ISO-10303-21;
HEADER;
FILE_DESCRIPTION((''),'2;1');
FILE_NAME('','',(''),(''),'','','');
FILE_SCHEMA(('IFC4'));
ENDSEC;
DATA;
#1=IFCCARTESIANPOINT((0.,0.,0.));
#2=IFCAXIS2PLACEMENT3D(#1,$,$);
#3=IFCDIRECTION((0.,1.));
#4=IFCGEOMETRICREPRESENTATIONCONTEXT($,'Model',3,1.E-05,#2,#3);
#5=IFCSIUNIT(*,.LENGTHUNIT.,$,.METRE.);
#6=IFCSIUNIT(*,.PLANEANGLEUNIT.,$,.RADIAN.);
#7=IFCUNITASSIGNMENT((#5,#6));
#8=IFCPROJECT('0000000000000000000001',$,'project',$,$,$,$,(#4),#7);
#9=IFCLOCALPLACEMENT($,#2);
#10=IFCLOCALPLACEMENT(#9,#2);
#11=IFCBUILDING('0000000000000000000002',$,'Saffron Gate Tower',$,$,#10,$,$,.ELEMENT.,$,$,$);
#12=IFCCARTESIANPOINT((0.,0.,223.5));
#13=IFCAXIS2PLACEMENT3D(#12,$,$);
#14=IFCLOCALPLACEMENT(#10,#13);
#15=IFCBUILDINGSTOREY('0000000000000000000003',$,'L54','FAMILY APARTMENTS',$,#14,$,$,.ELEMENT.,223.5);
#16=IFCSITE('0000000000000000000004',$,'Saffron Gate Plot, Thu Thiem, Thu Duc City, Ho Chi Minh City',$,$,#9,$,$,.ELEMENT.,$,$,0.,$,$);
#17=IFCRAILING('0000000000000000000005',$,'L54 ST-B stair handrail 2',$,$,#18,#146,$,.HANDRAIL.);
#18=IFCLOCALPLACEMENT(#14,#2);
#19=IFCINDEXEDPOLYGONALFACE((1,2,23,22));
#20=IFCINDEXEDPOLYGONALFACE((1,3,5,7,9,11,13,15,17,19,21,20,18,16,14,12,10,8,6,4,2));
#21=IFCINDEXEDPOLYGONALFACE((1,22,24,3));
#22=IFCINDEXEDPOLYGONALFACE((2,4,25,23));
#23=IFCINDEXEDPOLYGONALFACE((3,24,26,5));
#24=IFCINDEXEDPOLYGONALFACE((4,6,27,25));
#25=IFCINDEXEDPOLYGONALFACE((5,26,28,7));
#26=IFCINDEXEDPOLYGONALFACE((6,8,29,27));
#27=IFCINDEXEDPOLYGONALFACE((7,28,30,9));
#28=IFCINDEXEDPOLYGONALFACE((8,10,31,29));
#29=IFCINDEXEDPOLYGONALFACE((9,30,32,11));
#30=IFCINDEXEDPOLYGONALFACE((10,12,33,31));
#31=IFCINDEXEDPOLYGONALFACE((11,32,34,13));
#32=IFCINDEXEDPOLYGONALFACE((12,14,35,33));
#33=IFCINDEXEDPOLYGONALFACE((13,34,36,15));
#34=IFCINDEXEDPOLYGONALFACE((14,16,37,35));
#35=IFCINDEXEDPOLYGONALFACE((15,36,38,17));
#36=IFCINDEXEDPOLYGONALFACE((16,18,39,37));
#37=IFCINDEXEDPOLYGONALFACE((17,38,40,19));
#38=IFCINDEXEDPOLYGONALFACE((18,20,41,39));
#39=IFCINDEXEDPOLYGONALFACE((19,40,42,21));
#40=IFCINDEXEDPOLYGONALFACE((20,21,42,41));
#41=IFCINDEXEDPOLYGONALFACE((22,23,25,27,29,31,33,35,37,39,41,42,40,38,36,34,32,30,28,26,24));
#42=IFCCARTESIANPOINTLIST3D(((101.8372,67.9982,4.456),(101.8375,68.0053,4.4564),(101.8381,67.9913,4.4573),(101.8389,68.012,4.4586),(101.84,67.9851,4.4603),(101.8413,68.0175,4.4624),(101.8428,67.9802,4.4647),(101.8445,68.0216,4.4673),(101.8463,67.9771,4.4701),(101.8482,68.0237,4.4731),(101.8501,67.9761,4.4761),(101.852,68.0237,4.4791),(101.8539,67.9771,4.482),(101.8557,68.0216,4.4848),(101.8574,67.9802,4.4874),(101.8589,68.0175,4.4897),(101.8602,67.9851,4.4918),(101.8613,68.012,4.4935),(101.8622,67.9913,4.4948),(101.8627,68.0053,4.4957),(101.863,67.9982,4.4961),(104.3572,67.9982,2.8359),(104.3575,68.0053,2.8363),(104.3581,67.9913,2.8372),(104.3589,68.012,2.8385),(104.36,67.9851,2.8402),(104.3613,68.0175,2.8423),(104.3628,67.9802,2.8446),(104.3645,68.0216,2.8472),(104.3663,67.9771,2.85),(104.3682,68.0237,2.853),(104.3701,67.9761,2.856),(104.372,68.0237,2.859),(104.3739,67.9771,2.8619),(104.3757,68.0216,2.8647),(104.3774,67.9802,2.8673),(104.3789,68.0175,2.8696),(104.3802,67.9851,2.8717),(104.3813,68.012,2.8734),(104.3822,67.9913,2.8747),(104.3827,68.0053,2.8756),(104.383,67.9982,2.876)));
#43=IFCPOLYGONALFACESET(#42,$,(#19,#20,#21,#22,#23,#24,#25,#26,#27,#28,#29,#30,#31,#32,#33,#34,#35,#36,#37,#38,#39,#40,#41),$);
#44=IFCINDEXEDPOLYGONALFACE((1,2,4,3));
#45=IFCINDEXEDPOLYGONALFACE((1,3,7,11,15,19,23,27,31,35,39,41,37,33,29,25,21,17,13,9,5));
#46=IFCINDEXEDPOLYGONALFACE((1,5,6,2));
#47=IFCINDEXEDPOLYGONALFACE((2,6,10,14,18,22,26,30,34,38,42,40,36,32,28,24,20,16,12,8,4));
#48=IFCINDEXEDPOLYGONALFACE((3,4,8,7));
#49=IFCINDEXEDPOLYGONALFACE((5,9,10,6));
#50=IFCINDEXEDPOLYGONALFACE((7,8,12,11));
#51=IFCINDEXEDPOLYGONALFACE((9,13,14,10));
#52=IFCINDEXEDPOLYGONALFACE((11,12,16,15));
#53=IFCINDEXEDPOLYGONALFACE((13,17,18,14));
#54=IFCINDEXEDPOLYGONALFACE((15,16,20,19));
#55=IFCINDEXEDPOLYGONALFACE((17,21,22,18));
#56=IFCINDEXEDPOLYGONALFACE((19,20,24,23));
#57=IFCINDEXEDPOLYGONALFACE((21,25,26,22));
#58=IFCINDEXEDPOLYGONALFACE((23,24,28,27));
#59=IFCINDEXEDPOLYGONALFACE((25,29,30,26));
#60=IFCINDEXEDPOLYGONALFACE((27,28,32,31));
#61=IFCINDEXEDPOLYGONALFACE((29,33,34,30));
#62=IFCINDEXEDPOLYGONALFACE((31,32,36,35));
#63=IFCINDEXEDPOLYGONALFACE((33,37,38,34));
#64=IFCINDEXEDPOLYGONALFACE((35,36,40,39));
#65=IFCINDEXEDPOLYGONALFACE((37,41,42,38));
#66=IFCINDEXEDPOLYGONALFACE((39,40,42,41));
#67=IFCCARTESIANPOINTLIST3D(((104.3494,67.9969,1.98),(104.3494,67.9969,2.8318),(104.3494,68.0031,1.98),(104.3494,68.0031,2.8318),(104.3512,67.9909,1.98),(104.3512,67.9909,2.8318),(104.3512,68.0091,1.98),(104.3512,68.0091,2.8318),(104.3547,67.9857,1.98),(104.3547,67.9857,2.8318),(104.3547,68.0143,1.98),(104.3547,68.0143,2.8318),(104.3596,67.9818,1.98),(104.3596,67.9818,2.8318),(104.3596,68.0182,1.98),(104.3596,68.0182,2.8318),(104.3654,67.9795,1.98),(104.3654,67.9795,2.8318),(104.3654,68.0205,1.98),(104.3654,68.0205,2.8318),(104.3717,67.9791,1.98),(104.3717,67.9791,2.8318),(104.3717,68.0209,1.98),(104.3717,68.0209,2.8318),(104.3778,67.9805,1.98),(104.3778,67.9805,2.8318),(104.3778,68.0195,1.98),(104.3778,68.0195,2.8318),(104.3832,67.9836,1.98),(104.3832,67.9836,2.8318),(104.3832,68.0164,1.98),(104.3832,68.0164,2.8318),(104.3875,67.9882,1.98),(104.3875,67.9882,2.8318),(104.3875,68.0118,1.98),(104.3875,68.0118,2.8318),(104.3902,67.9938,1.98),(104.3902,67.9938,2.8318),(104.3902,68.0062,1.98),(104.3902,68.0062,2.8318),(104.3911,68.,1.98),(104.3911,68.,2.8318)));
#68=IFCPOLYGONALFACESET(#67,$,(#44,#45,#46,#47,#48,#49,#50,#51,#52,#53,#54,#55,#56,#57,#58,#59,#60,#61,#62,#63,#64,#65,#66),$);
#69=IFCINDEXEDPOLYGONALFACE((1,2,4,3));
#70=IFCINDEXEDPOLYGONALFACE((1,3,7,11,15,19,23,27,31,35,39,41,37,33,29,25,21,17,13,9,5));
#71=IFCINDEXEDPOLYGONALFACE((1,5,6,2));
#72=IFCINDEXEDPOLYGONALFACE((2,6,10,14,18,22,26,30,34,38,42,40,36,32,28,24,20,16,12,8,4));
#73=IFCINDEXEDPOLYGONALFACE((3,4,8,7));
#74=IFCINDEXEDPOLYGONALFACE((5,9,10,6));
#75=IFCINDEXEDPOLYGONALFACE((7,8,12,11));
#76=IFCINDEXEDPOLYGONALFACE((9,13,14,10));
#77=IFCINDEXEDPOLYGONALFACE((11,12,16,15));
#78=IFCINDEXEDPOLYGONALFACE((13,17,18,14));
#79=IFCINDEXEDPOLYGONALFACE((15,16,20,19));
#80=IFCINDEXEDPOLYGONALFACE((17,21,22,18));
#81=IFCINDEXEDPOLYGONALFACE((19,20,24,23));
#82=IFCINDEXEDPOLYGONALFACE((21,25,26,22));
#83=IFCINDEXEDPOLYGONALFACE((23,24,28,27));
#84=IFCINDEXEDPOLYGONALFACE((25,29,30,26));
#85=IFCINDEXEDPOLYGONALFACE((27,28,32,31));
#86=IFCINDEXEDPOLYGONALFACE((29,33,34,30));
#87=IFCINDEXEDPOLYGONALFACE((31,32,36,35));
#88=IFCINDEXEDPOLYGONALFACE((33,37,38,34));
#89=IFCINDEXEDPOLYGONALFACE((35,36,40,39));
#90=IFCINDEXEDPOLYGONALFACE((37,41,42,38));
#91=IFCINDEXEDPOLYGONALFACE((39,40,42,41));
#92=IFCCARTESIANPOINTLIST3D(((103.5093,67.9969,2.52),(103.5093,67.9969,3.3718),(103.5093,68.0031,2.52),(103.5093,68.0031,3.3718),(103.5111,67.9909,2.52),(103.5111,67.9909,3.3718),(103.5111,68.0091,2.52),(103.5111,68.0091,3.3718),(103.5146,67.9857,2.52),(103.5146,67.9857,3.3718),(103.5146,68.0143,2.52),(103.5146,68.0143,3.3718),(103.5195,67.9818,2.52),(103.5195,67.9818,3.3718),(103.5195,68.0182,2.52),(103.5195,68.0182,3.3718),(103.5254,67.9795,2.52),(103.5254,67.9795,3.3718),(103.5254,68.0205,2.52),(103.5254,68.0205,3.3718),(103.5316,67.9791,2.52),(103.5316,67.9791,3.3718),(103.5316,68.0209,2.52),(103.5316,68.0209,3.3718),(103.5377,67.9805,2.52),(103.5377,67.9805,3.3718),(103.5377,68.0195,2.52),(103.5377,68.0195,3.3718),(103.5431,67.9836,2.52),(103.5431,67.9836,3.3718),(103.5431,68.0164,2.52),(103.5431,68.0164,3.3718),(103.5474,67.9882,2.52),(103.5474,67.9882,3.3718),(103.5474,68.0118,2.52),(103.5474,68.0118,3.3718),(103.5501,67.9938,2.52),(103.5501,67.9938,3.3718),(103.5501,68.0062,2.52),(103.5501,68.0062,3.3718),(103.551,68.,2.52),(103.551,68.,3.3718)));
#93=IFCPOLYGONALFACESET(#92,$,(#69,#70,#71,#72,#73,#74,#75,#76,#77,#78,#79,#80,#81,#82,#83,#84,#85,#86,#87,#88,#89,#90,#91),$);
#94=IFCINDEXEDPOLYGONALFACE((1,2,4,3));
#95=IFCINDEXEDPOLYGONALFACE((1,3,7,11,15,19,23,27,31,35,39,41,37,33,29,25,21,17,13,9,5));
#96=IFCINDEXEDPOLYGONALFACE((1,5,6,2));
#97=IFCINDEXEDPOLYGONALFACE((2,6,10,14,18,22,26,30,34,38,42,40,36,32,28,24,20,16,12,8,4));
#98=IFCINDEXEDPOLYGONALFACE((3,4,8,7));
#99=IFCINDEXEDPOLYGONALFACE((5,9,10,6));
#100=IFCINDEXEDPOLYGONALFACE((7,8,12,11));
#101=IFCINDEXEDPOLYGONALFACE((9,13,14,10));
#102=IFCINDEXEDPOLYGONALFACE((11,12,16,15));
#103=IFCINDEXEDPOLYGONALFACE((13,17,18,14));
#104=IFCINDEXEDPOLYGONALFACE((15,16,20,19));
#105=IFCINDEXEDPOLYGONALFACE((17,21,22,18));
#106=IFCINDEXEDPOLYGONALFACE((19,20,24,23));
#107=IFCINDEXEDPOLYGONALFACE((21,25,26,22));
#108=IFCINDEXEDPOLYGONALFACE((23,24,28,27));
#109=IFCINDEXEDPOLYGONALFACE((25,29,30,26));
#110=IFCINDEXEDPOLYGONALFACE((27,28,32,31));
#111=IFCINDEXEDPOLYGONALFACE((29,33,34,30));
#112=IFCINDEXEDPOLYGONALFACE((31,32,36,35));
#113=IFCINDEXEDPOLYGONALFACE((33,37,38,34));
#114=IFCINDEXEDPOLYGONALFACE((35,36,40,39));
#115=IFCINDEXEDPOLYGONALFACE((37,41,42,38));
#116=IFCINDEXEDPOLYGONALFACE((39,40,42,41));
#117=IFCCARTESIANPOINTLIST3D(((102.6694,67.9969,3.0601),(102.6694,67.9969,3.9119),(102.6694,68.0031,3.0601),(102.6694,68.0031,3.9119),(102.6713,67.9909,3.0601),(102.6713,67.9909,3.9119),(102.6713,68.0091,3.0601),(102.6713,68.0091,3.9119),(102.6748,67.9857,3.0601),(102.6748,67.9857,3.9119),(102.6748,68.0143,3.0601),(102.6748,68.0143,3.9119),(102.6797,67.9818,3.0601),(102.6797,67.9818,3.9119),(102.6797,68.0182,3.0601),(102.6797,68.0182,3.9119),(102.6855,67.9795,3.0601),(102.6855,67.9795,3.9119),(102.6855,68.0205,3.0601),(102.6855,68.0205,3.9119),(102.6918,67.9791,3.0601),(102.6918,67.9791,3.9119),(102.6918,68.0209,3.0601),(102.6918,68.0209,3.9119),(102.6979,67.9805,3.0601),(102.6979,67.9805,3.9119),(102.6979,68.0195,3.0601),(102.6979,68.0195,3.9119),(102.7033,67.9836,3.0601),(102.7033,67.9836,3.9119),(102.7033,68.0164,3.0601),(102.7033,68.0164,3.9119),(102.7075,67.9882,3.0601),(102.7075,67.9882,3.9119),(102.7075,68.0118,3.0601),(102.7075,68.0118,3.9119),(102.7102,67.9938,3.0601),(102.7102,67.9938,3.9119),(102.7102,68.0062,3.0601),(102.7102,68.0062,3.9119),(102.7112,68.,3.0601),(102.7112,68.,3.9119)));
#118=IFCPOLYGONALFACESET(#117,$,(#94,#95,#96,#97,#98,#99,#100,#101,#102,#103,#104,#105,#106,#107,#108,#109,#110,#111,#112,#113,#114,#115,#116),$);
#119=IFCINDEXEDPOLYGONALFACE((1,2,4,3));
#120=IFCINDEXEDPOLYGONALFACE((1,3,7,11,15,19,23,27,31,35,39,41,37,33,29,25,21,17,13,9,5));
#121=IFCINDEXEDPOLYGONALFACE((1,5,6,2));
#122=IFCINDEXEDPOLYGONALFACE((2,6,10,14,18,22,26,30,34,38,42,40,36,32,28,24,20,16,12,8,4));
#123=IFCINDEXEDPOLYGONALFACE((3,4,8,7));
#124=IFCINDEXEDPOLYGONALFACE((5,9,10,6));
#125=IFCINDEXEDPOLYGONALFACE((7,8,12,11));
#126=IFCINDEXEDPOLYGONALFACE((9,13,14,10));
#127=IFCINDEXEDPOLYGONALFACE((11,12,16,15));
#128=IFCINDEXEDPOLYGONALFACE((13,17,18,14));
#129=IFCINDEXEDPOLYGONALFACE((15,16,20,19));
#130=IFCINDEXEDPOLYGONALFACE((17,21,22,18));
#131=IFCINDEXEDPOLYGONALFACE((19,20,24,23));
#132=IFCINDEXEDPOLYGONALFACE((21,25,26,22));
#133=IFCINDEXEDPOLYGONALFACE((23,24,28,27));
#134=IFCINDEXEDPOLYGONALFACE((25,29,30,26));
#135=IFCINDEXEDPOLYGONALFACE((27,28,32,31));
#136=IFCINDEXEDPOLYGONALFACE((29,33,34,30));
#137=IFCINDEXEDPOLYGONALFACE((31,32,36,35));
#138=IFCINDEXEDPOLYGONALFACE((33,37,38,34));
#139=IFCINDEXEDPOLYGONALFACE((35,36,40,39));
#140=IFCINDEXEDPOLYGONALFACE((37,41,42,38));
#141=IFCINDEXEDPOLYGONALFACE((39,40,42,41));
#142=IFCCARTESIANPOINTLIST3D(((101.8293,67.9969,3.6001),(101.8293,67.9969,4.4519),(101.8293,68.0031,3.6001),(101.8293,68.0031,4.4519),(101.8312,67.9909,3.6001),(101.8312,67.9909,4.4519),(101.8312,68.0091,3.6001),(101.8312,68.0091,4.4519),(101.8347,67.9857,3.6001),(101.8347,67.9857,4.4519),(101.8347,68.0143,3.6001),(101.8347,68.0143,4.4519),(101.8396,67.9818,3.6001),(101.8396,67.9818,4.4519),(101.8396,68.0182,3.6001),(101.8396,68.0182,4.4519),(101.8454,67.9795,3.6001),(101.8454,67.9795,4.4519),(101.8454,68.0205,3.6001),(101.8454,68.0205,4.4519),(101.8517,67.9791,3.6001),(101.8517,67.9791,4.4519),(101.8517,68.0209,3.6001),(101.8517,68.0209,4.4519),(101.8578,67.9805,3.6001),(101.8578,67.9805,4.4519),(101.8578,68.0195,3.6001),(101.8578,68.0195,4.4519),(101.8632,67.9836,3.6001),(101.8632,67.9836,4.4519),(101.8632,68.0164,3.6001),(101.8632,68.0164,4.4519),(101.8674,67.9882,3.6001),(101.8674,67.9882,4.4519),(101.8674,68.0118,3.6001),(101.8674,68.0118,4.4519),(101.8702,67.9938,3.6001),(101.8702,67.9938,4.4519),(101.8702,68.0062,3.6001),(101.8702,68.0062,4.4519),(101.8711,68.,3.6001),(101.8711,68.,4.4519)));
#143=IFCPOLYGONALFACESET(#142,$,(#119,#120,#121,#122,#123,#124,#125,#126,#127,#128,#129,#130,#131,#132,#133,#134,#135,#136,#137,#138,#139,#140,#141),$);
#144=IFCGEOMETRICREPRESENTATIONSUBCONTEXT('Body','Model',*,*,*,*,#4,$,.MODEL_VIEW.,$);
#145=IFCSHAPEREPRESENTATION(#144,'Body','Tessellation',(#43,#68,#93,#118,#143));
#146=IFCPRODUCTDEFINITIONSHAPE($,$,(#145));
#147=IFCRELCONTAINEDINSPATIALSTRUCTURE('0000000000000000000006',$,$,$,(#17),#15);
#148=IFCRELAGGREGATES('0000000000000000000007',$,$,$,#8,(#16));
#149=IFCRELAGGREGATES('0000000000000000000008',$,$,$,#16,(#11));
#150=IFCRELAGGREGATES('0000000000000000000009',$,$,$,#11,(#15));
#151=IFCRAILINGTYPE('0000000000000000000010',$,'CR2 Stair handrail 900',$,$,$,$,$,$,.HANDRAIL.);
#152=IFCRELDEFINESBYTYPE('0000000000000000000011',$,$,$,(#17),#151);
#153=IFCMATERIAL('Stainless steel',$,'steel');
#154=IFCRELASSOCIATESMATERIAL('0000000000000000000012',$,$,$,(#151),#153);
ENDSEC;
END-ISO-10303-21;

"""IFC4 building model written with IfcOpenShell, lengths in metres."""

from ifc_helpers import new_model, si_unit, direction, frame, origin, origin_2d, place, context, subcontext, project, spatial, circle, extrude, material, type_object, element, save


model = new_model("IFC4")

# Units and contexts
model_context = context("Model", 3, precision=1e-05, world=origin(), true_north=direction((0.0, 1.0)))
body_context = subcontext(model_context, "Body", "Model", "MODEL_VIEW")
ifc_project = project(units=[si_unit("LENGTHUNIT", "METRE"), si_unit("PLANEANGLEUNIT", "RADIAN")], contexts=[model_context])

# Site, building, storey
site_placement = place(None, origin())
site = spatial("IfcSite", under=ifc_project, at=site_placement, Name="Saffron Gate Plot, Thu Thiem, Thu Duc City, Ho Chi Minh City", CompositionType="ELEMENT", RefElevation=0.0)
building_placement = place(site_placement, origin())
building = spatial("IfcBuilding", under=site, at=building_placement, Name="Saffron Gate Tower", CompositionType="ELEMENT")
storey_placement = place(building_placement, frame((0.0, 0.0, 223.5)))
storey = spatial("IfcBuildingStorey", under=building, at=storey_placement, Name="L54", Description="FAMILY APARTMENTS", CompositionType="ELEMENT", Elevation=223.5)

# Railing
ifc_material_1 = material(Name="Stainless steel", Category="steel")
railing_type_1 = type_object("IfcRailingType", Name="CR2 Stair handrail 900", PredefinedType="HANDRAIL", material=ifc_material_1)
railing_1_placement = place(storey_placement, frame((104.3701, 68.0, 1.98)))
element("IfcRailing", 1, at=railing_1_placement, inside=storey, type_object=railing_type_1, Name="L54 ST-B stair handrail 2", PredefinedType="HANDRAIL", context=body_context, shape_type="SweptSolid", body=[
    extrude(circle(Radius=0.0239, at=origin_2d()), frame((0.0, 0.0, 0.876), z_axis=(-0.841163, 0.0, 0.540782), x_axis=(0.0, -1.0, 0.0)), (0.0, 0.0, 1.0), 2.9958),
    extrude(circle(Radius=0.021, at=origin_2d()), origin(), (0.0, 0.0, 1.0), 0.8518),
    extrude(circle(Radius=0.021, at=origin_2d()), frame((-0.8401, 0.0, 0.54)), (0.0, 0.0, 1.0), 0.8518),
    extrude(circle(Radius=0.021, at=origin_2d()), frame((-1.6799, 0.0, 1.0801)), (0.0, 0.0, 1.0), 0.8518),
    extrude(circle(Radius=0.021, at=origin_2d()), frame((-2.52, 0.0, 1.6201)), (0.0, 0.0, 1.0), 0.8518),
])

save(model, "model.ifc")
